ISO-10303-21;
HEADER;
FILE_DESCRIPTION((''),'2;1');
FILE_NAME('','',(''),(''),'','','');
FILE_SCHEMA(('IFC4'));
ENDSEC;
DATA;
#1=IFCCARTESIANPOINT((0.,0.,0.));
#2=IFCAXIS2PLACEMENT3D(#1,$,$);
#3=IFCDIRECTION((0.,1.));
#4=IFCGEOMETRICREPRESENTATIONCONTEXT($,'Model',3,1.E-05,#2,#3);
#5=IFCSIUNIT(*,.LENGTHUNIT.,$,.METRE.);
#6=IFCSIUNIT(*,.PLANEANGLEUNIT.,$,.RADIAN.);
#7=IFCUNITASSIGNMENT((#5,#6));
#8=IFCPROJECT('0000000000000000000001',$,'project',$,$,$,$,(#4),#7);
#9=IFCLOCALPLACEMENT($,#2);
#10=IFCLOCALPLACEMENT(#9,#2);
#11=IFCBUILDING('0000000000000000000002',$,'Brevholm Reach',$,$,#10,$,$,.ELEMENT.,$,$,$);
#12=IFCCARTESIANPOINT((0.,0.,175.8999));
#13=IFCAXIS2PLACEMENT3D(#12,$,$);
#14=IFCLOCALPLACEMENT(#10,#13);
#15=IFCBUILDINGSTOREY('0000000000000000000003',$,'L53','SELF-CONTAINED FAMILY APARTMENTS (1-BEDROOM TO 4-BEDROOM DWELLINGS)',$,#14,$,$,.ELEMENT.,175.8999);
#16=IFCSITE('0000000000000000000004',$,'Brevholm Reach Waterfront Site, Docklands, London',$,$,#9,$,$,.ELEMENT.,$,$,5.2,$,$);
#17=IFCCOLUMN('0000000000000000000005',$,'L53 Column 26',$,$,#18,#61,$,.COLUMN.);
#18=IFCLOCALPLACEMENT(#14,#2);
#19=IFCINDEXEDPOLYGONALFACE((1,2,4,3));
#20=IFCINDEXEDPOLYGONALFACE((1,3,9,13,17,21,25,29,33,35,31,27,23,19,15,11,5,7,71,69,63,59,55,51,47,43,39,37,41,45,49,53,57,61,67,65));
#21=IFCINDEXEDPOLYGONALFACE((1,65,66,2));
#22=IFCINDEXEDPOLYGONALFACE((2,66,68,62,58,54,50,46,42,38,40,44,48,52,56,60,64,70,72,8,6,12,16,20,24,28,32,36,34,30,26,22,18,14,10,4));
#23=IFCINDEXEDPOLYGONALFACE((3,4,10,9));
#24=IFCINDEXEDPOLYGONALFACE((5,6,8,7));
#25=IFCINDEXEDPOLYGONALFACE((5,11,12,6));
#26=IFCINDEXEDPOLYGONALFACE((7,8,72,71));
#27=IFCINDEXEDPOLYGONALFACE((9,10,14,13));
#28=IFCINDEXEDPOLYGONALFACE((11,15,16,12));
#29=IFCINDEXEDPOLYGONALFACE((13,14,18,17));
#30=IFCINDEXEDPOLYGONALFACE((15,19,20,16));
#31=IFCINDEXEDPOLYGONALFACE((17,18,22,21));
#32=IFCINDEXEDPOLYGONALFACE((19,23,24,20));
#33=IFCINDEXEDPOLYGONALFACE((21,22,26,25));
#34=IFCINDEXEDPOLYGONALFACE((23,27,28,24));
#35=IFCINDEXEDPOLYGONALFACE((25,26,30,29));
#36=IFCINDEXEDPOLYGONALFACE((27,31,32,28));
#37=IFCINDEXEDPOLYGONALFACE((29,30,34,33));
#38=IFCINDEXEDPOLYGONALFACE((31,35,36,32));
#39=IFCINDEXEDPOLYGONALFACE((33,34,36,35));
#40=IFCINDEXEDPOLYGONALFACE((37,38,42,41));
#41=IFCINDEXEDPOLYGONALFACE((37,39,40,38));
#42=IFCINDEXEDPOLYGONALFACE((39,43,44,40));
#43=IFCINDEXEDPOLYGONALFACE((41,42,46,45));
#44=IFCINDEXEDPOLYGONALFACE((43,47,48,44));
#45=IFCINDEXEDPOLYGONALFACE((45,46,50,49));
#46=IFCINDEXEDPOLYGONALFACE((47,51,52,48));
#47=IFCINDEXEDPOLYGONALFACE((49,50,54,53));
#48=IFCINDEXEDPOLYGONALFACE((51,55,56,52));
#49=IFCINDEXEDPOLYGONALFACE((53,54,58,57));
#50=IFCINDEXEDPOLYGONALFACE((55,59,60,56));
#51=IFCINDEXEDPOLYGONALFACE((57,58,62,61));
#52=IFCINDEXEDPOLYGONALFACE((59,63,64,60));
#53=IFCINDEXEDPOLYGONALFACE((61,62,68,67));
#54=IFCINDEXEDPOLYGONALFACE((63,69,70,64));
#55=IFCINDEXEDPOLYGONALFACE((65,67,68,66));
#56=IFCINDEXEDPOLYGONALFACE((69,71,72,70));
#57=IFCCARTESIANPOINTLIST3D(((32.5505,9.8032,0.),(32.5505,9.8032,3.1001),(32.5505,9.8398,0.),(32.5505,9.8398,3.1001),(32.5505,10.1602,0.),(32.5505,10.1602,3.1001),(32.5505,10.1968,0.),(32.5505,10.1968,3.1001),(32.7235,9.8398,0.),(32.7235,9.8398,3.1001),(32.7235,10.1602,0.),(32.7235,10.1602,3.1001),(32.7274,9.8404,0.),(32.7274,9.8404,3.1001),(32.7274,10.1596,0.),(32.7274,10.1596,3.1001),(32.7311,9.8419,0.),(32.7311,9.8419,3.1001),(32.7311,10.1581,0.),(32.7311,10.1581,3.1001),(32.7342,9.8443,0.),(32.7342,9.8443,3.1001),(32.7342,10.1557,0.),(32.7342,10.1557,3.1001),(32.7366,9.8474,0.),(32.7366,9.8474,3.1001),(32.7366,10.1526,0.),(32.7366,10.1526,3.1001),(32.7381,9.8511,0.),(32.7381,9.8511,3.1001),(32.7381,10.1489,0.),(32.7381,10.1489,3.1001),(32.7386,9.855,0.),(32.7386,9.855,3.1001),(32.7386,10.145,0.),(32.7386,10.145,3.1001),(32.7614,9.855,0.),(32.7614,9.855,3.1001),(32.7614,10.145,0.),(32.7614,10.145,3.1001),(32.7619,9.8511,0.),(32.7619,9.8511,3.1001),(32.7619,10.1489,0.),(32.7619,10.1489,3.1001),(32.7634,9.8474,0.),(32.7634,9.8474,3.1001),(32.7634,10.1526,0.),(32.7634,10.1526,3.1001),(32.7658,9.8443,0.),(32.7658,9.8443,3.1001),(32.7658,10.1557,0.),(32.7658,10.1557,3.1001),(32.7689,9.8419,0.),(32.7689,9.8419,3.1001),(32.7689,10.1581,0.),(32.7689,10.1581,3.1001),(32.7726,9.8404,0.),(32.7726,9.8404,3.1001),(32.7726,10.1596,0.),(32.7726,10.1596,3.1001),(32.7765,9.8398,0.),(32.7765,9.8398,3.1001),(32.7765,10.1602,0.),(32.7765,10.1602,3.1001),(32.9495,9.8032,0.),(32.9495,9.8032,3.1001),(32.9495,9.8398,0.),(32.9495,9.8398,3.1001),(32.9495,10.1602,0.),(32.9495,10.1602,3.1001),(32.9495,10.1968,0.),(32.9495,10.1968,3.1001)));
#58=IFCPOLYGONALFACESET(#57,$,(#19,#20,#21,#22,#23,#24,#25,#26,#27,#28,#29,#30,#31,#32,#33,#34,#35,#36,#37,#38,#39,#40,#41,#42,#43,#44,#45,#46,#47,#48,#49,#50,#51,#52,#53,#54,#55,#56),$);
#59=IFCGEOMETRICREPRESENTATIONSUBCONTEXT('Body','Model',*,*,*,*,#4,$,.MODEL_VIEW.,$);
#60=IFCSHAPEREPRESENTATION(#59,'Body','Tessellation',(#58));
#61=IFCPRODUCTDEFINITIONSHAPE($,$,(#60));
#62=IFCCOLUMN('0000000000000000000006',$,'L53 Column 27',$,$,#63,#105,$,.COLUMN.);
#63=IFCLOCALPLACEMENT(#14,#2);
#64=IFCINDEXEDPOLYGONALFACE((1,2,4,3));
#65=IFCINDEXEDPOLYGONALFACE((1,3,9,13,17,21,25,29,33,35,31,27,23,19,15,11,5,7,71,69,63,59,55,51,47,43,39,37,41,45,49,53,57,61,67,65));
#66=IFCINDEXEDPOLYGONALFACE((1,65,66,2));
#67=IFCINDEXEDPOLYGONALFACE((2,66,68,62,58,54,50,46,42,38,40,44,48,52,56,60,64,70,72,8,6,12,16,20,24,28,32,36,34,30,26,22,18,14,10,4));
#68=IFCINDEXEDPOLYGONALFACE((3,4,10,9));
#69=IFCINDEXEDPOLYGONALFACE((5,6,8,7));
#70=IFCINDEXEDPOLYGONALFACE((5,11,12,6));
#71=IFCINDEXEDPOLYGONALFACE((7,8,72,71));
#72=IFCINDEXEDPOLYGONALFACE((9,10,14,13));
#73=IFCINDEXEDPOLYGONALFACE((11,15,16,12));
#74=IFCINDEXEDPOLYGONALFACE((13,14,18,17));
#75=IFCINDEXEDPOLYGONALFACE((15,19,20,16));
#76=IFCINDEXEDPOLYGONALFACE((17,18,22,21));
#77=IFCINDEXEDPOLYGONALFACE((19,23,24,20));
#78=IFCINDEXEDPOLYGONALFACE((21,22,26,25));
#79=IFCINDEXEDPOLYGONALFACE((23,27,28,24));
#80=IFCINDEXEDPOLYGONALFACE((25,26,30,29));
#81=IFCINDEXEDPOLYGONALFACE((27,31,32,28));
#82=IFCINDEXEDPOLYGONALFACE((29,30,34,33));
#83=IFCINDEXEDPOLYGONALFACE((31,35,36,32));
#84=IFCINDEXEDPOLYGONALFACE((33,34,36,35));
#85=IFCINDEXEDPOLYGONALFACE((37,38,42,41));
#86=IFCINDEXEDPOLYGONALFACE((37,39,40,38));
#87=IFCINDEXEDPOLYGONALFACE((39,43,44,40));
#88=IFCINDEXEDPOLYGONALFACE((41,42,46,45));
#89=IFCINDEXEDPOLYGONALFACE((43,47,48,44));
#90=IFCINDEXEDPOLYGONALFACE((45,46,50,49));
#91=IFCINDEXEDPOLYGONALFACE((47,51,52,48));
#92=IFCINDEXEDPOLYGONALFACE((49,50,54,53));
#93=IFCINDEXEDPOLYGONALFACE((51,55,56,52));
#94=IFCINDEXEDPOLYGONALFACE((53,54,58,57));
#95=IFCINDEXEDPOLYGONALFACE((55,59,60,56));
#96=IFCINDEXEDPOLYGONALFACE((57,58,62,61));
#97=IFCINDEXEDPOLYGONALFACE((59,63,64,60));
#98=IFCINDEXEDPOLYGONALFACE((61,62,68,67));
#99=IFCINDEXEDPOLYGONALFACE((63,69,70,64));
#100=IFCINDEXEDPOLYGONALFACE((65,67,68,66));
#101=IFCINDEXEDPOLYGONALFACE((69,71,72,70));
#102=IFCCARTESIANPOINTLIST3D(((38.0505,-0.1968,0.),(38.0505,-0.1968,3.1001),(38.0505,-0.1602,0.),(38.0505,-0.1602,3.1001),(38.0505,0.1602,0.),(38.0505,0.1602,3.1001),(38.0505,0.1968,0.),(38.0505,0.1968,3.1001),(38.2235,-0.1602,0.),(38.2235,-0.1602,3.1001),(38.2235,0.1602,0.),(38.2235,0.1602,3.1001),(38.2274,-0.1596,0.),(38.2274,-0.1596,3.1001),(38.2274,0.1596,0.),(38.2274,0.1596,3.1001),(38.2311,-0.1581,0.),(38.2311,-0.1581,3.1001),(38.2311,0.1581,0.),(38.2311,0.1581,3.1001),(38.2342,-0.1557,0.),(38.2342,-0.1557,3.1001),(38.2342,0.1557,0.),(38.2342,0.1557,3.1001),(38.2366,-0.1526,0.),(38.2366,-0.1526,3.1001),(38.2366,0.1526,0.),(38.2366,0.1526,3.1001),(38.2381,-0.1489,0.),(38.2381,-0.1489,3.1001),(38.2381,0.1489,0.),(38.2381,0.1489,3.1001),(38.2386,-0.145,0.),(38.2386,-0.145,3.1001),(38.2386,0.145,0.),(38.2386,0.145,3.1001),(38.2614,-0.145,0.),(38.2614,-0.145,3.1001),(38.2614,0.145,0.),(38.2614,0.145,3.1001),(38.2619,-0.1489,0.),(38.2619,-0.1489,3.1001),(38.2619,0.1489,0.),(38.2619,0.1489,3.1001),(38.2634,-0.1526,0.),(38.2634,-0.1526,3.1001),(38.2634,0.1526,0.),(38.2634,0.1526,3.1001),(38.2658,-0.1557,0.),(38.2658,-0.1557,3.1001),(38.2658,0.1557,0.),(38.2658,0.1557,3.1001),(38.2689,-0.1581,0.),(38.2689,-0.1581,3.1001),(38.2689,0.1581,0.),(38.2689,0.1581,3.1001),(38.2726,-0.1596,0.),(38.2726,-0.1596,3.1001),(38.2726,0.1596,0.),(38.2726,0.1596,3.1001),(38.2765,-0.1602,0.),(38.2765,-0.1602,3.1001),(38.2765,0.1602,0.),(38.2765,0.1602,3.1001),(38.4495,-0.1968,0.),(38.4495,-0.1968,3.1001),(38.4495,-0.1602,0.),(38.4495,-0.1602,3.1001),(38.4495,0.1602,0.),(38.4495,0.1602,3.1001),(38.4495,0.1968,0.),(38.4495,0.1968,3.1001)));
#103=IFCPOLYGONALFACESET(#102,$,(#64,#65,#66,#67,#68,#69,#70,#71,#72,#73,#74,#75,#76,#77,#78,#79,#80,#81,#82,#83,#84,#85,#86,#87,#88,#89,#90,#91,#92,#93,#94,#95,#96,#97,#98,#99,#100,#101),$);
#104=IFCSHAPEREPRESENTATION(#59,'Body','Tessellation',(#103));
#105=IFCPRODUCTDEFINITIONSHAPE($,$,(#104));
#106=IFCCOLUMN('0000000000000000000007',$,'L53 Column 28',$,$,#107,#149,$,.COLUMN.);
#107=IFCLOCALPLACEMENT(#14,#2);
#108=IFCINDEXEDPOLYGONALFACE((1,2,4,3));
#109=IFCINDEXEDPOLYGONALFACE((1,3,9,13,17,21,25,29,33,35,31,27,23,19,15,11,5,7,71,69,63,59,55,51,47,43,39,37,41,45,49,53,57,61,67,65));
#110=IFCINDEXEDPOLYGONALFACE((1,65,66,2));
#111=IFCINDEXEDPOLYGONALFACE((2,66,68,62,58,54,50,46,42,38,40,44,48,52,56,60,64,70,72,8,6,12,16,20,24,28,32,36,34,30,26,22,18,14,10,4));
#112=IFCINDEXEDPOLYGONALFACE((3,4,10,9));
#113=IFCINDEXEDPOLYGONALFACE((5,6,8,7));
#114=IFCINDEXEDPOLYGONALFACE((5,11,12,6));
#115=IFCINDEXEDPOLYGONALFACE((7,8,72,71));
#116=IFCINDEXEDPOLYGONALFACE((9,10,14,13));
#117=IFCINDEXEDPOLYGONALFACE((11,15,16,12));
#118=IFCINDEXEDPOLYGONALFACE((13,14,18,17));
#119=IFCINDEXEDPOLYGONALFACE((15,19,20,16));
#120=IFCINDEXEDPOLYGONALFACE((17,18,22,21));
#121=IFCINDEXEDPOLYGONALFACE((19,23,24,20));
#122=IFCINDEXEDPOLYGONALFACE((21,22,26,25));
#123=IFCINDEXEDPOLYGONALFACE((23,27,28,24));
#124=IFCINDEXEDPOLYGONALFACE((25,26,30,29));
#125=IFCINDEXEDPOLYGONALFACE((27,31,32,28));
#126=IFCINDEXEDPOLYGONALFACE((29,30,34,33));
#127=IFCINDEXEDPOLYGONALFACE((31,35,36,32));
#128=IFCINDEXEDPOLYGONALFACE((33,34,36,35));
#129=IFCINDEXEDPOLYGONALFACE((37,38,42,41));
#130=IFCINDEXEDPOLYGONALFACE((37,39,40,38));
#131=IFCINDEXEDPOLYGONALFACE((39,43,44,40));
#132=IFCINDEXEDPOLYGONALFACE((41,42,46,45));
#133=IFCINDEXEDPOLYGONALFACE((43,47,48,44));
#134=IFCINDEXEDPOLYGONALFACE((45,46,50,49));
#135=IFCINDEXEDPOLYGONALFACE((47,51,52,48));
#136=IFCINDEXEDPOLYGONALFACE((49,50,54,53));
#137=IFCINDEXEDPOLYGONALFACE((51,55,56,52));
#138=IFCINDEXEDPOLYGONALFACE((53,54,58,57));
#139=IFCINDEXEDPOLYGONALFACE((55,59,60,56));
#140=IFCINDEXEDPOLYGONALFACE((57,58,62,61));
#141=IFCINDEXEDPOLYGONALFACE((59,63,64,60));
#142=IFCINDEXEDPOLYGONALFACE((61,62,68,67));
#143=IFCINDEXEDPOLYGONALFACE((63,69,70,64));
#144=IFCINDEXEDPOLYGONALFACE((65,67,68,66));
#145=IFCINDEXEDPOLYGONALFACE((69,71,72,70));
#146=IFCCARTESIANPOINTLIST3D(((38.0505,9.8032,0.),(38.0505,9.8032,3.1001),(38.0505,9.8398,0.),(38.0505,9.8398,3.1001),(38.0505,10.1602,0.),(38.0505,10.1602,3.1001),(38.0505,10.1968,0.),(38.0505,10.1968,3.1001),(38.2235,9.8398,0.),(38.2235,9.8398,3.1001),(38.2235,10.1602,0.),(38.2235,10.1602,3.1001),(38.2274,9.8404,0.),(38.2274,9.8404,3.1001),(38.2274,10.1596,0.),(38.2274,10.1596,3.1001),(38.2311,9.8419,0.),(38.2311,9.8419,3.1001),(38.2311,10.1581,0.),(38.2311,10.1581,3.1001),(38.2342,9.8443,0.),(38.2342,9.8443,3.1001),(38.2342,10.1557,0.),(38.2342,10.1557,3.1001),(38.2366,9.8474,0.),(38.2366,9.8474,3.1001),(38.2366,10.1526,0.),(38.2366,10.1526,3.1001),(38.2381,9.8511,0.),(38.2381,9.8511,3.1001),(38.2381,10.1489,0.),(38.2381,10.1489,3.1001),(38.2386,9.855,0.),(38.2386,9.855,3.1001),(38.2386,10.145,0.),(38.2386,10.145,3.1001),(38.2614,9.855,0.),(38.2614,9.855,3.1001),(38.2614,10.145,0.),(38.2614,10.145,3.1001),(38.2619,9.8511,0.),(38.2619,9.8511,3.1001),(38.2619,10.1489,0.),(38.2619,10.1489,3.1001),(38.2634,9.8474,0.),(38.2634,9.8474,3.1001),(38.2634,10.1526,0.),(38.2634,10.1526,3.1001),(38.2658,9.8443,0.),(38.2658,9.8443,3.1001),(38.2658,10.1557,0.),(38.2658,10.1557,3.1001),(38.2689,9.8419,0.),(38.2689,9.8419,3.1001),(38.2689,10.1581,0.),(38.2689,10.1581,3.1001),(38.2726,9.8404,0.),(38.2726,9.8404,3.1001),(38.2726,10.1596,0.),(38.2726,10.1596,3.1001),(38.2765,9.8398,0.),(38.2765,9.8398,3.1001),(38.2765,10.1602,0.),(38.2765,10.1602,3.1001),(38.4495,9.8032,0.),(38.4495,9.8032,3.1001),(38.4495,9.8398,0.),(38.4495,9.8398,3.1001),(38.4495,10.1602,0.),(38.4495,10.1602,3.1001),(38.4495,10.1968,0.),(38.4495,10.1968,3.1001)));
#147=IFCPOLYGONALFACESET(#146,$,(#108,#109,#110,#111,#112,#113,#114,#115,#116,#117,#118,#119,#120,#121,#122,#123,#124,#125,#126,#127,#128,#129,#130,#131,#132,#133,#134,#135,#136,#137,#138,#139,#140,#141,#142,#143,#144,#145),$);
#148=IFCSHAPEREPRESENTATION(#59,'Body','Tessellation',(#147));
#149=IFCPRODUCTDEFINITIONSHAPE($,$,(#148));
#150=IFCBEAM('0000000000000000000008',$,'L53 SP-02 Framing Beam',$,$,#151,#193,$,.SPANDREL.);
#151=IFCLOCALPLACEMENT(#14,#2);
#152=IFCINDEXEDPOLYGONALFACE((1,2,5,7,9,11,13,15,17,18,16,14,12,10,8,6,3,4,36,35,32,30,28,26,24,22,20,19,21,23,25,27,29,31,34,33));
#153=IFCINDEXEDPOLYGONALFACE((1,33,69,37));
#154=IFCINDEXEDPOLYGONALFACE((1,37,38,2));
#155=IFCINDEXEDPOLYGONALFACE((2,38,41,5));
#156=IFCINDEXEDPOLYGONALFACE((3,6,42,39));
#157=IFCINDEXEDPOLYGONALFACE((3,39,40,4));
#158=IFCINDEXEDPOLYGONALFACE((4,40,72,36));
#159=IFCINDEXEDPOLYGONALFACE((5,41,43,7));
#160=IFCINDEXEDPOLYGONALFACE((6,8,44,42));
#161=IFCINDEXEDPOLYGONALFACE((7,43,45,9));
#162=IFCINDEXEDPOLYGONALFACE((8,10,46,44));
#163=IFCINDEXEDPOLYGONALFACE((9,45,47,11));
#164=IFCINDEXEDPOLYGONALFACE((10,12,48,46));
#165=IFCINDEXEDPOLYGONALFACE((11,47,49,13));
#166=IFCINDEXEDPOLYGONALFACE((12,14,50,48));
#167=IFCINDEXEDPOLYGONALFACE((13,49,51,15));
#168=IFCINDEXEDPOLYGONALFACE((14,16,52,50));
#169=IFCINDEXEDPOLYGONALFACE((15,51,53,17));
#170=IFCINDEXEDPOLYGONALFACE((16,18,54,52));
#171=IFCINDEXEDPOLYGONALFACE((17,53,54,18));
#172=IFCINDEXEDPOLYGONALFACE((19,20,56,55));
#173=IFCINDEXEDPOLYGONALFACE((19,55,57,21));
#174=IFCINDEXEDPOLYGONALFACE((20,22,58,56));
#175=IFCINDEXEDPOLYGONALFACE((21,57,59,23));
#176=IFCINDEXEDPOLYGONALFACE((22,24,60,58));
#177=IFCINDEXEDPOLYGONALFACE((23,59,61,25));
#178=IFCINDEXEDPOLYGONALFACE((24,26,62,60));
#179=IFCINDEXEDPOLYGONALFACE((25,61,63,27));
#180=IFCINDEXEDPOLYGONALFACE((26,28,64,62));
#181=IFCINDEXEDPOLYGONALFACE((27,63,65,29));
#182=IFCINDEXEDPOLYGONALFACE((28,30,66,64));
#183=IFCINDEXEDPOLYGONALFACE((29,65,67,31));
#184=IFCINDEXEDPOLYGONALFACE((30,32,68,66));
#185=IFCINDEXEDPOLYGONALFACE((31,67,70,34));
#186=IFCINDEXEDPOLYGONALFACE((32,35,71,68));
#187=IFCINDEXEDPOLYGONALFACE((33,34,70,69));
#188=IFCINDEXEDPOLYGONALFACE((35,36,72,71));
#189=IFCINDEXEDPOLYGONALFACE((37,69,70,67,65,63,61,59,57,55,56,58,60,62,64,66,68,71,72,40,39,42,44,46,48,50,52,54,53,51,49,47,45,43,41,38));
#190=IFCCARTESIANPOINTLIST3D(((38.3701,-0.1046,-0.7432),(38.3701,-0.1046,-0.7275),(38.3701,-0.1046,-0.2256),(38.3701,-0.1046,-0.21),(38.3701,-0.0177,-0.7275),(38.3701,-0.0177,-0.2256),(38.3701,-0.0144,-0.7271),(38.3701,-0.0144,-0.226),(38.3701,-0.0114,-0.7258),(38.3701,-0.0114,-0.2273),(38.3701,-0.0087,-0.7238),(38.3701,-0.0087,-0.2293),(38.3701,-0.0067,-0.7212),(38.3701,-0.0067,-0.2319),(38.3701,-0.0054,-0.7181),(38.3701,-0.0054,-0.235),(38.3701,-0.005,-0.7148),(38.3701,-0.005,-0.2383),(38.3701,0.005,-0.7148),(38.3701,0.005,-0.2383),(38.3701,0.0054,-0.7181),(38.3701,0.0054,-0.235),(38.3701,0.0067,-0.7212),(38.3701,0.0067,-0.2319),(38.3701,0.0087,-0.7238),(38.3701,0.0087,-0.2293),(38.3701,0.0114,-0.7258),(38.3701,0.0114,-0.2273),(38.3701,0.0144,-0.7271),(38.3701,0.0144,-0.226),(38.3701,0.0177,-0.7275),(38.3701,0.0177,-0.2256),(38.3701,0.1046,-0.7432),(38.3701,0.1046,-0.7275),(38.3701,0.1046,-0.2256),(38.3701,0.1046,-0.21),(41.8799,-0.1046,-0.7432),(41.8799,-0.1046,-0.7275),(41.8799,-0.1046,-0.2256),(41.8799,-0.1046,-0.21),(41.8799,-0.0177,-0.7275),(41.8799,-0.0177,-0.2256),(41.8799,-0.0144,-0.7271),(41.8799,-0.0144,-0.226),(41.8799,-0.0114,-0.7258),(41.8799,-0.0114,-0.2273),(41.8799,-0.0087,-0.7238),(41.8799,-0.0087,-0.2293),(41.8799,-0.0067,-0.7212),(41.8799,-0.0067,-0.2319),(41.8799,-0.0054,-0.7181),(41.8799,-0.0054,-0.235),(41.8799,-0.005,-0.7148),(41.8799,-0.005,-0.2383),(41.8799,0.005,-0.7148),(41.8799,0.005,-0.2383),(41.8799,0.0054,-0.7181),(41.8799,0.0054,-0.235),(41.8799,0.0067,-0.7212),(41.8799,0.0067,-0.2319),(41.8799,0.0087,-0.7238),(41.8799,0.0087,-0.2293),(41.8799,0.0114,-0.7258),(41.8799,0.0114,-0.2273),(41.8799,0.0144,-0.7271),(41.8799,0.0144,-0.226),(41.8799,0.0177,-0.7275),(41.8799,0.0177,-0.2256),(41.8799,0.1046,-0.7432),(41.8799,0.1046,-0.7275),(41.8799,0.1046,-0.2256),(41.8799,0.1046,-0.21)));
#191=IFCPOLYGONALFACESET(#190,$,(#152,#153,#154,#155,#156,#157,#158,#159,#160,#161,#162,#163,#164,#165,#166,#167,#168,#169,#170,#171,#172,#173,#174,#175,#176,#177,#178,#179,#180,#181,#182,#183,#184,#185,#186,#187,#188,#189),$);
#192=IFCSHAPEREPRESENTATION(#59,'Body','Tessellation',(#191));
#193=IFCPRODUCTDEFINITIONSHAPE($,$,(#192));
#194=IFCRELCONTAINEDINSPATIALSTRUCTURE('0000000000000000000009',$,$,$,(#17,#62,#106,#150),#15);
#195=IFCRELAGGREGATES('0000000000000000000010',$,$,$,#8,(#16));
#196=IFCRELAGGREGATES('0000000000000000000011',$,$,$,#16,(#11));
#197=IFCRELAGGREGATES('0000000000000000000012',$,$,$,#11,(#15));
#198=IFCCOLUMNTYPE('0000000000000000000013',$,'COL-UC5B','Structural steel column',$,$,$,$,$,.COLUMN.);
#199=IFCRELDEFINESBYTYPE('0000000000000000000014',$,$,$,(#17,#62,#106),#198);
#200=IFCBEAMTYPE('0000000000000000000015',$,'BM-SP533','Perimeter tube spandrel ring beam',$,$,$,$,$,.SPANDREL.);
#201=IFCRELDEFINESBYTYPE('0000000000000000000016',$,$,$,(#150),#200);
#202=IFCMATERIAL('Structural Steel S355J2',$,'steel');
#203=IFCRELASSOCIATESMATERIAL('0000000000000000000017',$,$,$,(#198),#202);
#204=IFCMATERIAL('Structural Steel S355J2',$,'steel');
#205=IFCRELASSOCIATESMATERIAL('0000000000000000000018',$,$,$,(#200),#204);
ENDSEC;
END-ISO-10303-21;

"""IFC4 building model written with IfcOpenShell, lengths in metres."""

from ifc_helpers import new_model, si_unit, direction, frame, origin, origin_2d, place, context, subcontext, project, spatial, i_section, extrude, material, material_profile, profile_set, type_object, element, save


model = new_model("IFC4")

# Units and contexts
model_context = context("Model", 3, precision=1e-05, world=origin(), true_north=direction((0.0, 1.0)))
body_context = subcontext(model_context, "Body", "Model", "MODEL_VIEW")
ifc_project = project(units=[si_unit("LENGTHUNIT", "METRE"), si_unit("PLANEANGLEUNIT", "RADIAN")], contexts=[model_context])

# Site, building, storey
site_placement = place(None, origin())
site = spatial("IfcSite", under=ifc_project, at=site_placement, Name="Brevholm Reach Waterfront Site, Docklands, London", CompositionType="ELEMENT", RefElevation=5.2)
building_placement = place(site_placement, origin())
building = spatial("IfcBuilding", under=site, at=building_placement, Name="Brevholm Reach", CompositionType="ELEMENT")
storey_placement = place(building_placement, frame((0.0, 0.0, 175.8999)))
storey = spatial("IfcBuildingStorey", under=building, at=storey_placement, Name="L53", Description="SELF-CONTAINED FAMILY APARTMENTS (1-BEDROOM TO 4-BEDROOM DWELLINGS)", CompositionType="ELEMENT", Elevation=175.8999)

# Columns
ifc_material_1 = material(Name="Structural Steel S355J2", Category="steel")
ifc_material_profile_1 = material_profile(ifc_material_1, i_section(OverallWidth=0.3989, OverallDepth=0.3936, WebThickness=0.0227, FlangeThickness=0.0366, FilletRadius=0.0151, at=origin_2d()), Name="UKC 356x406x287")
ifc_profile_set_1 = profile_set([ifc_material_profile_1], Name="Structural Steel S355J2")
column_type = type_object("IfcColumnType", Name="COL-UC5B", Description="Structural steel column", PredefinedType="COLUMN", material=ifc_profile_set_1)
for number, where, z_axis, x_axis, name in (
    (1, (32.75, 10.0, 0.0), (0.0, 0.0, 1.0), (1.0, 0.0, 0.0), "L53 Column 26"),
    (2, (38.25, 0.0, 0.0), (0.0, 0.0, 1.0), (1.0, 0.0, 0.0), "L53 Column 27"),
    (3, (38.25, 10.0, 0.0), (0.0, 0.0, 1.0), (1.0, 0.0, 0.0), "L53 Column 28"),
):
    element("IfcColumn", number, at=place(storey_placement, frame(where, z_axis=z_axis, x_axis=x_axis)), inside=storey, type_object=column_type, Name=name, PredefinedType="COLUMN", context=body_context, shape_type="SweptSolid", body=[
        extrude(i_section(OverallWidth=0.3989, OverallDepth=0.3936, WebThickness=0.0227, FlangeThickness=0.0366, FilletRadius=0.0151, at=origin_2d()), origin(), (0.0, 0.0, 1.0), 3.1001),
    ])

# Beam
ifc_material_2 = material(Name="Structural Steel S355J2", Category="steel")
ifc_material_profile_2 = material_profile(ifc_material_2, i_section(OverallWidth=0.2092, OverallDepth=0.5332, WebThickness=0.01, FlangeThickness=0.0156, FilletRadius=0.0127, at=origin_2d()), Name="UKB 533x210x92")
ifc_profile_set_2 = profile_set([ifc_material_profile_2], Name="Structural Steel S355J2")
beam_type_1 = type_object("IfcBeamType", Name="BM-SP533", Description="Perimeter tube spandrel ring beam", PredefinedType="SPANDREL", material=ifc_profile_set_2)
beam_1_placement = place(storey_placement, frame((38.3701, 0.0, -0.4766), z_axis=(1.0, 0.0, 0.0), x_axis=(0.0, 1.0, 0.0)))
element("IfcBeam", 4, at=beam_1_placement, inside=storey, type_object=beam_type_1, Name="L53 SP-02 Framing Beam", PredefinedType="SPANDREL", context=body_context, shape_type="SweptSolid", body=[
    extrude(i_section(OverallWidth=0.2092, OverallDepth=0.5332, WebThickness=0.01, FlangeThickness=0.0156, FilletRadius=0.0127, at=origin_2d()), origin(), (0.0, 0.0, 1.0), 3.5098),
])

save(model, "model.ifc")
